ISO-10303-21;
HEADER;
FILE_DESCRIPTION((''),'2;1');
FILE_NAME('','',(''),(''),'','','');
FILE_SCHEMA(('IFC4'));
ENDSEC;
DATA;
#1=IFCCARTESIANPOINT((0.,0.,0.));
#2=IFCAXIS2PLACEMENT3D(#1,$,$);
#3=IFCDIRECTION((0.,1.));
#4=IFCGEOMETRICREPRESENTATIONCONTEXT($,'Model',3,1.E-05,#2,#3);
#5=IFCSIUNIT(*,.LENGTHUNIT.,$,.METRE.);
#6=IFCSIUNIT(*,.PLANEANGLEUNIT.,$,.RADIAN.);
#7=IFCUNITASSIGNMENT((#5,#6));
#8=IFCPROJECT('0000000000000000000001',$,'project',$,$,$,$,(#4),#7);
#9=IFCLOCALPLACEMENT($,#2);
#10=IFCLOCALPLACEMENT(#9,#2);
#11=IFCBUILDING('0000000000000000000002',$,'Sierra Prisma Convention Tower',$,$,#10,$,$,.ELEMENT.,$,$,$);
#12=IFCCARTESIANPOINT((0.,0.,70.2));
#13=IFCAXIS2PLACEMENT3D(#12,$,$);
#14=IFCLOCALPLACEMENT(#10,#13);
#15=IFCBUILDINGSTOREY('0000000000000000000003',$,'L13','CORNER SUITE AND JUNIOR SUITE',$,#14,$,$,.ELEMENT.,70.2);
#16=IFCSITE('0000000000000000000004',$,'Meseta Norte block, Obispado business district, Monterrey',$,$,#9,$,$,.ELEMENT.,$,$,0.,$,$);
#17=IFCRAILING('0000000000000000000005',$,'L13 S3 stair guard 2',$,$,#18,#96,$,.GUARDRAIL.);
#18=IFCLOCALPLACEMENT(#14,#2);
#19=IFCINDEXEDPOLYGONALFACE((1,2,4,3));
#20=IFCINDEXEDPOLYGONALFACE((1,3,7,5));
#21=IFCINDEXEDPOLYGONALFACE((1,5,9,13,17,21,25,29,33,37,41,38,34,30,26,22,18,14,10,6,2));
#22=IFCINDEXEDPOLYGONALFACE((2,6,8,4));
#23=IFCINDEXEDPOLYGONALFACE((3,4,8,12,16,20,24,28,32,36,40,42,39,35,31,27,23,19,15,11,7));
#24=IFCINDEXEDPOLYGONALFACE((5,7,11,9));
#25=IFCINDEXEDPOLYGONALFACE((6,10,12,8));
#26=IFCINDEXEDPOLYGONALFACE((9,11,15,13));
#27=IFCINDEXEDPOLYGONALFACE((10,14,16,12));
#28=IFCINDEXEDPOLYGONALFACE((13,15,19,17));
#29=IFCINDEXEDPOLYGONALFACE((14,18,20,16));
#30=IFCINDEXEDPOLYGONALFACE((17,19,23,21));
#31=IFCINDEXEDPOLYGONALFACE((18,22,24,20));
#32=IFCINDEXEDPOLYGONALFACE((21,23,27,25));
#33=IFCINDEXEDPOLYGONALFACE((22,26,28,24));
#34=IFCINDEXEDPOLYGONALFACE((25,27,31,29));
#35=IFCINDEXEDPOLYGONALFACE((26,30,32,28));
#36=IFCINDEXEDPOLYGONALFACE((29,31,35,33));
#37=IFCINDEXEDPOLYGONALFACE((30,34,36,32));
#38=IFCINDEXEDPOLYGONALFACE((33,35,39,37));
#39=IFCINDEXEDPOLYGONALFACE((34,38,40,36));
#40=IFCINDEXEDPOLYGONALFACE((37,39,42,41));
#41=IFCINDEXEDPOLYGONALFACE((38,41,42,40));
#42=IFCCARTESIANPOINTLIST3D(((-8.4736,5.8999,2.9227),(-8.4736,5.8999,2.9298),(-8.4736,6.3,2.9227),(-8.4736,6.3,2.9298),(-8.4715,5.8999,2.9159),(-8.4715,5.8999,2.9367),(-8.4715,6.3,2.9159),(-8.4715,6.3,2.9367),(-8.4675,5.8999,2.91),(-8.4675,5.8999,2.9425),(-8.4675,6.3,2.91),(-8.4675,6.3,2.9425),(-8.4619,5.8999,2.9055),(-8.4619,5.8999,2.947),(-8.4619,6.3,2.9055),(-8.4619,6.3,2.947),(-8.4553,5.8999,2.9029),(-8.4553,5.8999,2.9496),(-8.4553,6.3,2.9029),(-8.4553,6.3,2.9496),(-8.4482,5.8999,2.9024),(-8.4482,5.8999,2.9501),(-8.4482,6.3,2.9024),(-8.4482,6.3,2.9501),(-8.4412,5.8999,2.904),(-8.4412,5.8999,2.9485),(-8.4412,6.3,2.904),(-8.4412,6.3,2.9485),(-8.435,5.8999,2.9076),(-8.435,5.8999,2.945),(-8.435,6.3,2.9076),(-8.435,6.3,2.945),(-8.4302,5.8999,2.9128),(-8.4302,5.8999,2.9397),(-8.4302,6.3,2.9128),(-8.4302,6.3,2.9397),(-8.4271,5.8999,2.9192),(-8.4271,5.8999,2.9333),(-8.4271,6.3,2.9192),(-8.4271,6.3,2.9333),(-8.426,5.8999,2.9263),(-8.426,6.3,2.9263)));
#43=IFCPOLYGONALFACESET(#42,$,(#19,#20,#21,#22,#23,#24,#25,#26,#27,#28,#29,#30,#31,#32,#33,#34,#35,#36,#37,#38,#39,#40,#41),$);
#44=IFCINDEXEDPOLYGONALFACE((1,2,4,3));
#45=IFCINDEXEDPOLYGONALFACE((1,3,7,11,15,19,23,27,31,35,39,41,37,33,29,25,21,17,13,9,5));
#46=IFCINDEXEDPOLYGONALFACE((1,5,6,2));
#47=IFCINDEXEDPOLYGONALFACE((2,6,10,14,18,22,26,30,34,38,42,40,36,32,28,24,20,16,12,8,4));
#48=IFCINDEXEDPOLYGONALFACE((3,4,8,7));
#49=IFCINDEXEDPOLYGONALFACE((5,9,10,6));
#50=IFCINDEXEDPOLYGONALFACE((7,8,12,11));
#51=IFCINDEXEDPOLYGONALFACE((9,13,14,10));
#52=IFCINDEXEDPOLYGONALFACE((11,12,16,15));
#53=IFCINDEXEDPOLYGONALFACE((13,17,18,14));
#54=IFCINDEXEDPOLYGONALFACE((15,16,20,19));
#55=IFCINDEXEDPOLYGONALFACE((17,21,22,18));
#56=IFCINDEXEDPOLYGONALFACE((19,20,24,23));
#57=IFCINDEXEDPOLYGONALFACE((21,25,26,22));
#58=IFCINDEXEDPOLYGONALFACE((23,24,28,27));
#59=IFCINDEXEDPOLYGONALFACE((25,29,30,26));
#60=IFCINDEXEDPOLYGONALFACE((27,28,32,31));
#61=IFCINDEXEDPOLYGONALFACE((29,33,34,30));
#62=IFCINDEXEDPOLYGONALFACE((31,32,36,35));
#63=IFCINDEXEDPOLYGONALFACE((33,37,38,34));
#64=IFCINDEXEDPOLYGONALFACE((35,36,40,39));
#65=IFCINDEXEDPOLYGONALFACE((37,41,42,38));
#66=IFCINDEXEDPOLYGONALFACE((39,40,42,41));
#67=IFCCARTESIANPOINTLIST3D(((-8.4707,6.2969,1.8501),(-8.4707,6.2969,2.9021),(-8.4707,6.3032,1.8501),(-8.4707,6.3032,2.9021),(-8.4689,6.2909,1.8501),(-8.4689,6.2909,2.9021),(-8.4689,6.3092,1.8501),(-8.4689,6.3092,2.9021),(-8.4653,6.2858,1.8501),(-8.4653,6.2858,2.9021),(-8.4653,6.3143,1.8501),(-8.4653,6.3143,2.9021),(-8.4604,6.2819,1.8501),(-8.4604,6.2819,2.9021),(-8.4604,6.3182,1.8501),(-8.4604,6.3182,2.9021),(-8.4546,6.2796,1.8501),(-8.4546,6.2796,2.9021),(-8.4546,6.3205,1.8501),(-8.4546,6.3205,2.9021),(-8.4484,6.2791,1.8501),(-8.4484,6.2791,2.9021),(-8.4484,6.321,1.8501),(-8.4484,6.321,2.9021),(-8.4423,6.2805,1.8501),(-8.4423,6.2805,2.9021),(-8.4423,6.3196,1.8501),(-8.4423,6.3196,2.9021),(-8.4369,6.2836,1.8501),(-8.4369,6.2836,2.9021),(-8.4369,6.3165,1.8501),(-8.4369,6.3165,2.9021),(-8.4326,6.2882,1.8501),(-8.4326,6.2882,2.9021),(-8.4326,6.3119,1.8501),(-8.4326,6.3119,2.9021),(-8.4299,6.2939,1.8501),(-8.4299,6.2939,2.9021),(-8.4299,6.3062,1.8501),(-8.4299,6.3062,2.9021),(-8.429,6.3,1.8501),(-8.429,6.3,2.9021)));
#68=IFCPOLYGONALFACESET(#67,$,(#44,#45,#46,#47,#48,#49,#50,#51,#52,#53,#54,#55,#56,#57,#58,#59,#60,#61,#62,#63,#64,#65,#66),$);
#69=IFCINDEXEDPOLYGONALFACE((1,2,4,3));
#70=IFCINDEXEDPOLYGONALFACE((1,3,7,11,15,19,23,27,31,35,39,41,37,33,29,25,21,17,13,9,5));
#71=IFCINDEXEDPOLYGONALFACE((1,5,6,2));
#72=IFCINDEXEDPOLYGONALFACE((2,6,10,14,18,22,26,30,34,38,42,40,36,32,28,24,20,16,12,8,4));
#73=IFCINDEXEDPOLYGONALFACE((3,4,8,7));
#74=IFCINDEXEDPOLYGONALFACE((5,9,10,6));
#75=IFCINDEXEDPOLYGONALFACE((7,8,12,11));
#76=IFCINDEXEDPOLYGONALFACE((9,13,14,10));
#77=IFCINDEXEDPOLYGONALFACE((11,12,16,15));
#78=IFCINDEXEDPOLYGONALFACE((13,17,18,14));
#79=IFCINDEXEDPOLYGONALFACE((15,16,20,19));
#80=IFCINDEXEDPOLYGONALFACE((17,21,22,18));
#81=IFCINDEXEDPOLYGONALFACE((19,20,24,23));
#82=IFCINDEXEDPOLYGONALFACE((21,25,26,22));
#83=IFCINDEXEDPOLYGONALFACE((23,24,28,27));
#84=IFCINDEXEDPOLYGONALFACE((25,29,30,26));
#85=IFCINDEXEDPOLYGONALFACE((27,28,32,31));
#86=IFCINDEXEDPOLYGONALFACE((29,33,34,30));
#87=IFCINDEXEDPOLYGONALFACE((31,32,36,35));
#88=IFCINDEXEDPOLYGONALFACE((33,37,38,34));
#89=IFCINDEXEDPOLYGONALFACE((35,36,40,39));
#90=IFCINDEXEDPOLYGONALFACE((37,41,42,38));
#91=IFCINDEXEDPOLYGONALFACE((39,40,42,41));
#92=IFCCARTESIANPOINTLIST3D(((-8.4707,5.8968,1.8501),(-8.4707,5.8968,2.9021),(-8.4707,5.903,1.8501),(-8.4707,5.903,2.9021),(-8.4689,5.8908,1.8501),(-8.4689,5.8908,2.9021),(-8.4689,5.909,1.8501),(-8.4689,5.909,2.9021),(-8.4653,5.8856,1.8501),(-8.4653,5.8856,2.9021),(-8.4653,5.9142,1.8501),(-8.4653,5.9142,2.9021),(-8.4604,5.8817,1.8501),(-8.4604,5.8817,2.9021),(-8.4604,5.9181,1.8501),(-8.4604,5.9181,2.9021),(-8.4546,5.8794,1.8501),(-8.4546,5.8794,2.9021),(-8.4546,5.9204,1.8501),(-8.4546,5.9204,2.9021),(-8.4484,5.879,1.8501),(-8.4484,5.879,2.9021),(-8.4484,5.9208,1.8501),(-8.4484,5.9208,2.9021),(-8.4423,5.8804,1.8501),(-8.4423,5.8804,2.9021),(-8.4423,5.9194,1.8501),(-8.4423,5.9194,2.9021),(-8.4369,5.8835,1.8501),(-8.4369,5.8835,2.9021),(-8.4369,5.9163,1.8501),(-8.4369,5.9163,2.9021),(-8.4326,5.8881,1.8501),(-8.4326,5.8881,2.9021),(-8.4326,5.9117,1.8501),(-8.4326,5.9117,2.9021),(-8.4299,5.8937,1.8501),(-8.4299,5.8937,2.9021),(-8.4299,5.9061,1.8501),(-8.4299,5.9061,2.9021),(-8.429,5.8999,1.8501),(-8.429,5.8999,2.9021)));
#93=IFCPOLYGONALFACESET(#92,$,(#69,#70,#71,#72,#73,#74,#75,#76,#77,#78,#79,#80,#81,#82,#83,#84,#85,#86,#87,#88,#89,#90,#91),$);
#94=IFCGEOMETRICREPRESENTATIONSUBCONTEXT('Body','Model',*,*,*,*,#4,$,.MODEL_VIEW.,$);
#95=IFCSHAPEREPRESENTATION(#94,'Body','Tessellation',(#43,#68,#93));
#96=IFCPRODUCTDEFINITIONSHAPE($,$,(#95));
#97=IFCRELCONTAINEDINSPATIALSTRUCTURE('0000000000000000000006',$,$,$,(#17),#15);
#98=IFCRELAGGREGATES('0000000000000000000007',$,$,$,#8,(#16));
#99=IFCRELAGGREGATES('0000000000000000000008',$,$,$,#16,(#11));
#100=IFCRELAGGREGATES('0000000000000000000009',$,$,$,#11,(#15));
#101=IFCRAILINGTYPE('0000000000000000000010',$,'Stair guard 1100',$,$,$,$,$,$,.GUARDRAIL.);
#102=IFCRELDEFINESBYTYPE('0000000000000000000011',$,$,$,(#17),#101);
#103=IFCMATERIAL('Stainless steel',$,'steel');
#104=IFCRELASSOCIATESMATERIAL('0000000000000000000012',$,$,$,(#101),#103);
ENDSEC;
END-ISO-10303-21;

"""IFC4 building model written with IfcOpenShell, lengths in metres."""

from ifc_helpers import new_model, si_unit, direction, frame, origin, origin_2d, place, context, subcontext, project, spatial, circle, extrude, material, type_object, element, save


model = new_model("IFC4")

# Units and contexts
model_context = context("Model", 3, precision=1e-05, world=origin(), true_north=direction((0.0, 1.0)))
body_context = subcontext(model_context, "Body", "Model", "MODEL_VIEW")
ifc_project = project(units=[si_unit("LENGTHUNIT", "METRE"), si_unit("PLANEANGLEUNIT", "RADIAN")], contexts=[model_context])

# Site, building, storey
site_placement = place(None, origin())
site = spatial("IfcSite", under=ifc_project, at=site_placement, Name="Meseta Norte block, Obispado business district, Monterrey", CompositionType="ELEMENT", RefElevation=0.0)
building_placement = place(site_placement, origin())
building = spatial("IfcBuilding", under=site, at=building_placement, Name="Sierra Prisma Convention Tower", CompositionType="ELEMENT")
storey_placement = place(building_placement, frame((0.0, 0.0, 70.2)))
storey = spatial("IfcBuildingStorey", under=building, at=storey_placement, Name="L13", Description="CORNER SUITE AND JUNIOR SUITE", CompositionType="ELEMENT", Elevation=70.2)

# Railing
ifc_material_1 = material(Name="Stainless steel", Category="steel")
railing_type_1 = type_object("IfcRailingType", Name="Stair guard 1100", PredefinedType="GUARDRAIL", material=ifc_material_1)
railing_1_placement = place(storey_placement, frame((-8.45, 6.3, 1.8501)))
element("IfcRailing", 1, at=railing_1_placement, inside=storey, type_object=railing_type_1, Name="L13 S3 stair guard 2", PredefinedType="GUARDRAIL", context=body_context, shape_type="SweptSolid", body=[
    extrude(circle(Radius=0.0239, at=origin_2d()), frame((0.0, 0.0, 1.0762), z_axis=(0.0, -1.0, 0.0), x_axis=(1.0, 0.0, 0.0)), (0.0, 0.0, 1.0), 0.4001),
    extrude(circle(Radius=0.021, at=origin_2d()), origin(), (0.0, 0.0, 1.0), 1.052),
    extrude(circle(Radius=0.021, at=origin_2d()), frame((0.0, -0.4001, 0.0)), (0.0, 0.0, 1.0), 1.052),
])

save(model, "model.ifc")
